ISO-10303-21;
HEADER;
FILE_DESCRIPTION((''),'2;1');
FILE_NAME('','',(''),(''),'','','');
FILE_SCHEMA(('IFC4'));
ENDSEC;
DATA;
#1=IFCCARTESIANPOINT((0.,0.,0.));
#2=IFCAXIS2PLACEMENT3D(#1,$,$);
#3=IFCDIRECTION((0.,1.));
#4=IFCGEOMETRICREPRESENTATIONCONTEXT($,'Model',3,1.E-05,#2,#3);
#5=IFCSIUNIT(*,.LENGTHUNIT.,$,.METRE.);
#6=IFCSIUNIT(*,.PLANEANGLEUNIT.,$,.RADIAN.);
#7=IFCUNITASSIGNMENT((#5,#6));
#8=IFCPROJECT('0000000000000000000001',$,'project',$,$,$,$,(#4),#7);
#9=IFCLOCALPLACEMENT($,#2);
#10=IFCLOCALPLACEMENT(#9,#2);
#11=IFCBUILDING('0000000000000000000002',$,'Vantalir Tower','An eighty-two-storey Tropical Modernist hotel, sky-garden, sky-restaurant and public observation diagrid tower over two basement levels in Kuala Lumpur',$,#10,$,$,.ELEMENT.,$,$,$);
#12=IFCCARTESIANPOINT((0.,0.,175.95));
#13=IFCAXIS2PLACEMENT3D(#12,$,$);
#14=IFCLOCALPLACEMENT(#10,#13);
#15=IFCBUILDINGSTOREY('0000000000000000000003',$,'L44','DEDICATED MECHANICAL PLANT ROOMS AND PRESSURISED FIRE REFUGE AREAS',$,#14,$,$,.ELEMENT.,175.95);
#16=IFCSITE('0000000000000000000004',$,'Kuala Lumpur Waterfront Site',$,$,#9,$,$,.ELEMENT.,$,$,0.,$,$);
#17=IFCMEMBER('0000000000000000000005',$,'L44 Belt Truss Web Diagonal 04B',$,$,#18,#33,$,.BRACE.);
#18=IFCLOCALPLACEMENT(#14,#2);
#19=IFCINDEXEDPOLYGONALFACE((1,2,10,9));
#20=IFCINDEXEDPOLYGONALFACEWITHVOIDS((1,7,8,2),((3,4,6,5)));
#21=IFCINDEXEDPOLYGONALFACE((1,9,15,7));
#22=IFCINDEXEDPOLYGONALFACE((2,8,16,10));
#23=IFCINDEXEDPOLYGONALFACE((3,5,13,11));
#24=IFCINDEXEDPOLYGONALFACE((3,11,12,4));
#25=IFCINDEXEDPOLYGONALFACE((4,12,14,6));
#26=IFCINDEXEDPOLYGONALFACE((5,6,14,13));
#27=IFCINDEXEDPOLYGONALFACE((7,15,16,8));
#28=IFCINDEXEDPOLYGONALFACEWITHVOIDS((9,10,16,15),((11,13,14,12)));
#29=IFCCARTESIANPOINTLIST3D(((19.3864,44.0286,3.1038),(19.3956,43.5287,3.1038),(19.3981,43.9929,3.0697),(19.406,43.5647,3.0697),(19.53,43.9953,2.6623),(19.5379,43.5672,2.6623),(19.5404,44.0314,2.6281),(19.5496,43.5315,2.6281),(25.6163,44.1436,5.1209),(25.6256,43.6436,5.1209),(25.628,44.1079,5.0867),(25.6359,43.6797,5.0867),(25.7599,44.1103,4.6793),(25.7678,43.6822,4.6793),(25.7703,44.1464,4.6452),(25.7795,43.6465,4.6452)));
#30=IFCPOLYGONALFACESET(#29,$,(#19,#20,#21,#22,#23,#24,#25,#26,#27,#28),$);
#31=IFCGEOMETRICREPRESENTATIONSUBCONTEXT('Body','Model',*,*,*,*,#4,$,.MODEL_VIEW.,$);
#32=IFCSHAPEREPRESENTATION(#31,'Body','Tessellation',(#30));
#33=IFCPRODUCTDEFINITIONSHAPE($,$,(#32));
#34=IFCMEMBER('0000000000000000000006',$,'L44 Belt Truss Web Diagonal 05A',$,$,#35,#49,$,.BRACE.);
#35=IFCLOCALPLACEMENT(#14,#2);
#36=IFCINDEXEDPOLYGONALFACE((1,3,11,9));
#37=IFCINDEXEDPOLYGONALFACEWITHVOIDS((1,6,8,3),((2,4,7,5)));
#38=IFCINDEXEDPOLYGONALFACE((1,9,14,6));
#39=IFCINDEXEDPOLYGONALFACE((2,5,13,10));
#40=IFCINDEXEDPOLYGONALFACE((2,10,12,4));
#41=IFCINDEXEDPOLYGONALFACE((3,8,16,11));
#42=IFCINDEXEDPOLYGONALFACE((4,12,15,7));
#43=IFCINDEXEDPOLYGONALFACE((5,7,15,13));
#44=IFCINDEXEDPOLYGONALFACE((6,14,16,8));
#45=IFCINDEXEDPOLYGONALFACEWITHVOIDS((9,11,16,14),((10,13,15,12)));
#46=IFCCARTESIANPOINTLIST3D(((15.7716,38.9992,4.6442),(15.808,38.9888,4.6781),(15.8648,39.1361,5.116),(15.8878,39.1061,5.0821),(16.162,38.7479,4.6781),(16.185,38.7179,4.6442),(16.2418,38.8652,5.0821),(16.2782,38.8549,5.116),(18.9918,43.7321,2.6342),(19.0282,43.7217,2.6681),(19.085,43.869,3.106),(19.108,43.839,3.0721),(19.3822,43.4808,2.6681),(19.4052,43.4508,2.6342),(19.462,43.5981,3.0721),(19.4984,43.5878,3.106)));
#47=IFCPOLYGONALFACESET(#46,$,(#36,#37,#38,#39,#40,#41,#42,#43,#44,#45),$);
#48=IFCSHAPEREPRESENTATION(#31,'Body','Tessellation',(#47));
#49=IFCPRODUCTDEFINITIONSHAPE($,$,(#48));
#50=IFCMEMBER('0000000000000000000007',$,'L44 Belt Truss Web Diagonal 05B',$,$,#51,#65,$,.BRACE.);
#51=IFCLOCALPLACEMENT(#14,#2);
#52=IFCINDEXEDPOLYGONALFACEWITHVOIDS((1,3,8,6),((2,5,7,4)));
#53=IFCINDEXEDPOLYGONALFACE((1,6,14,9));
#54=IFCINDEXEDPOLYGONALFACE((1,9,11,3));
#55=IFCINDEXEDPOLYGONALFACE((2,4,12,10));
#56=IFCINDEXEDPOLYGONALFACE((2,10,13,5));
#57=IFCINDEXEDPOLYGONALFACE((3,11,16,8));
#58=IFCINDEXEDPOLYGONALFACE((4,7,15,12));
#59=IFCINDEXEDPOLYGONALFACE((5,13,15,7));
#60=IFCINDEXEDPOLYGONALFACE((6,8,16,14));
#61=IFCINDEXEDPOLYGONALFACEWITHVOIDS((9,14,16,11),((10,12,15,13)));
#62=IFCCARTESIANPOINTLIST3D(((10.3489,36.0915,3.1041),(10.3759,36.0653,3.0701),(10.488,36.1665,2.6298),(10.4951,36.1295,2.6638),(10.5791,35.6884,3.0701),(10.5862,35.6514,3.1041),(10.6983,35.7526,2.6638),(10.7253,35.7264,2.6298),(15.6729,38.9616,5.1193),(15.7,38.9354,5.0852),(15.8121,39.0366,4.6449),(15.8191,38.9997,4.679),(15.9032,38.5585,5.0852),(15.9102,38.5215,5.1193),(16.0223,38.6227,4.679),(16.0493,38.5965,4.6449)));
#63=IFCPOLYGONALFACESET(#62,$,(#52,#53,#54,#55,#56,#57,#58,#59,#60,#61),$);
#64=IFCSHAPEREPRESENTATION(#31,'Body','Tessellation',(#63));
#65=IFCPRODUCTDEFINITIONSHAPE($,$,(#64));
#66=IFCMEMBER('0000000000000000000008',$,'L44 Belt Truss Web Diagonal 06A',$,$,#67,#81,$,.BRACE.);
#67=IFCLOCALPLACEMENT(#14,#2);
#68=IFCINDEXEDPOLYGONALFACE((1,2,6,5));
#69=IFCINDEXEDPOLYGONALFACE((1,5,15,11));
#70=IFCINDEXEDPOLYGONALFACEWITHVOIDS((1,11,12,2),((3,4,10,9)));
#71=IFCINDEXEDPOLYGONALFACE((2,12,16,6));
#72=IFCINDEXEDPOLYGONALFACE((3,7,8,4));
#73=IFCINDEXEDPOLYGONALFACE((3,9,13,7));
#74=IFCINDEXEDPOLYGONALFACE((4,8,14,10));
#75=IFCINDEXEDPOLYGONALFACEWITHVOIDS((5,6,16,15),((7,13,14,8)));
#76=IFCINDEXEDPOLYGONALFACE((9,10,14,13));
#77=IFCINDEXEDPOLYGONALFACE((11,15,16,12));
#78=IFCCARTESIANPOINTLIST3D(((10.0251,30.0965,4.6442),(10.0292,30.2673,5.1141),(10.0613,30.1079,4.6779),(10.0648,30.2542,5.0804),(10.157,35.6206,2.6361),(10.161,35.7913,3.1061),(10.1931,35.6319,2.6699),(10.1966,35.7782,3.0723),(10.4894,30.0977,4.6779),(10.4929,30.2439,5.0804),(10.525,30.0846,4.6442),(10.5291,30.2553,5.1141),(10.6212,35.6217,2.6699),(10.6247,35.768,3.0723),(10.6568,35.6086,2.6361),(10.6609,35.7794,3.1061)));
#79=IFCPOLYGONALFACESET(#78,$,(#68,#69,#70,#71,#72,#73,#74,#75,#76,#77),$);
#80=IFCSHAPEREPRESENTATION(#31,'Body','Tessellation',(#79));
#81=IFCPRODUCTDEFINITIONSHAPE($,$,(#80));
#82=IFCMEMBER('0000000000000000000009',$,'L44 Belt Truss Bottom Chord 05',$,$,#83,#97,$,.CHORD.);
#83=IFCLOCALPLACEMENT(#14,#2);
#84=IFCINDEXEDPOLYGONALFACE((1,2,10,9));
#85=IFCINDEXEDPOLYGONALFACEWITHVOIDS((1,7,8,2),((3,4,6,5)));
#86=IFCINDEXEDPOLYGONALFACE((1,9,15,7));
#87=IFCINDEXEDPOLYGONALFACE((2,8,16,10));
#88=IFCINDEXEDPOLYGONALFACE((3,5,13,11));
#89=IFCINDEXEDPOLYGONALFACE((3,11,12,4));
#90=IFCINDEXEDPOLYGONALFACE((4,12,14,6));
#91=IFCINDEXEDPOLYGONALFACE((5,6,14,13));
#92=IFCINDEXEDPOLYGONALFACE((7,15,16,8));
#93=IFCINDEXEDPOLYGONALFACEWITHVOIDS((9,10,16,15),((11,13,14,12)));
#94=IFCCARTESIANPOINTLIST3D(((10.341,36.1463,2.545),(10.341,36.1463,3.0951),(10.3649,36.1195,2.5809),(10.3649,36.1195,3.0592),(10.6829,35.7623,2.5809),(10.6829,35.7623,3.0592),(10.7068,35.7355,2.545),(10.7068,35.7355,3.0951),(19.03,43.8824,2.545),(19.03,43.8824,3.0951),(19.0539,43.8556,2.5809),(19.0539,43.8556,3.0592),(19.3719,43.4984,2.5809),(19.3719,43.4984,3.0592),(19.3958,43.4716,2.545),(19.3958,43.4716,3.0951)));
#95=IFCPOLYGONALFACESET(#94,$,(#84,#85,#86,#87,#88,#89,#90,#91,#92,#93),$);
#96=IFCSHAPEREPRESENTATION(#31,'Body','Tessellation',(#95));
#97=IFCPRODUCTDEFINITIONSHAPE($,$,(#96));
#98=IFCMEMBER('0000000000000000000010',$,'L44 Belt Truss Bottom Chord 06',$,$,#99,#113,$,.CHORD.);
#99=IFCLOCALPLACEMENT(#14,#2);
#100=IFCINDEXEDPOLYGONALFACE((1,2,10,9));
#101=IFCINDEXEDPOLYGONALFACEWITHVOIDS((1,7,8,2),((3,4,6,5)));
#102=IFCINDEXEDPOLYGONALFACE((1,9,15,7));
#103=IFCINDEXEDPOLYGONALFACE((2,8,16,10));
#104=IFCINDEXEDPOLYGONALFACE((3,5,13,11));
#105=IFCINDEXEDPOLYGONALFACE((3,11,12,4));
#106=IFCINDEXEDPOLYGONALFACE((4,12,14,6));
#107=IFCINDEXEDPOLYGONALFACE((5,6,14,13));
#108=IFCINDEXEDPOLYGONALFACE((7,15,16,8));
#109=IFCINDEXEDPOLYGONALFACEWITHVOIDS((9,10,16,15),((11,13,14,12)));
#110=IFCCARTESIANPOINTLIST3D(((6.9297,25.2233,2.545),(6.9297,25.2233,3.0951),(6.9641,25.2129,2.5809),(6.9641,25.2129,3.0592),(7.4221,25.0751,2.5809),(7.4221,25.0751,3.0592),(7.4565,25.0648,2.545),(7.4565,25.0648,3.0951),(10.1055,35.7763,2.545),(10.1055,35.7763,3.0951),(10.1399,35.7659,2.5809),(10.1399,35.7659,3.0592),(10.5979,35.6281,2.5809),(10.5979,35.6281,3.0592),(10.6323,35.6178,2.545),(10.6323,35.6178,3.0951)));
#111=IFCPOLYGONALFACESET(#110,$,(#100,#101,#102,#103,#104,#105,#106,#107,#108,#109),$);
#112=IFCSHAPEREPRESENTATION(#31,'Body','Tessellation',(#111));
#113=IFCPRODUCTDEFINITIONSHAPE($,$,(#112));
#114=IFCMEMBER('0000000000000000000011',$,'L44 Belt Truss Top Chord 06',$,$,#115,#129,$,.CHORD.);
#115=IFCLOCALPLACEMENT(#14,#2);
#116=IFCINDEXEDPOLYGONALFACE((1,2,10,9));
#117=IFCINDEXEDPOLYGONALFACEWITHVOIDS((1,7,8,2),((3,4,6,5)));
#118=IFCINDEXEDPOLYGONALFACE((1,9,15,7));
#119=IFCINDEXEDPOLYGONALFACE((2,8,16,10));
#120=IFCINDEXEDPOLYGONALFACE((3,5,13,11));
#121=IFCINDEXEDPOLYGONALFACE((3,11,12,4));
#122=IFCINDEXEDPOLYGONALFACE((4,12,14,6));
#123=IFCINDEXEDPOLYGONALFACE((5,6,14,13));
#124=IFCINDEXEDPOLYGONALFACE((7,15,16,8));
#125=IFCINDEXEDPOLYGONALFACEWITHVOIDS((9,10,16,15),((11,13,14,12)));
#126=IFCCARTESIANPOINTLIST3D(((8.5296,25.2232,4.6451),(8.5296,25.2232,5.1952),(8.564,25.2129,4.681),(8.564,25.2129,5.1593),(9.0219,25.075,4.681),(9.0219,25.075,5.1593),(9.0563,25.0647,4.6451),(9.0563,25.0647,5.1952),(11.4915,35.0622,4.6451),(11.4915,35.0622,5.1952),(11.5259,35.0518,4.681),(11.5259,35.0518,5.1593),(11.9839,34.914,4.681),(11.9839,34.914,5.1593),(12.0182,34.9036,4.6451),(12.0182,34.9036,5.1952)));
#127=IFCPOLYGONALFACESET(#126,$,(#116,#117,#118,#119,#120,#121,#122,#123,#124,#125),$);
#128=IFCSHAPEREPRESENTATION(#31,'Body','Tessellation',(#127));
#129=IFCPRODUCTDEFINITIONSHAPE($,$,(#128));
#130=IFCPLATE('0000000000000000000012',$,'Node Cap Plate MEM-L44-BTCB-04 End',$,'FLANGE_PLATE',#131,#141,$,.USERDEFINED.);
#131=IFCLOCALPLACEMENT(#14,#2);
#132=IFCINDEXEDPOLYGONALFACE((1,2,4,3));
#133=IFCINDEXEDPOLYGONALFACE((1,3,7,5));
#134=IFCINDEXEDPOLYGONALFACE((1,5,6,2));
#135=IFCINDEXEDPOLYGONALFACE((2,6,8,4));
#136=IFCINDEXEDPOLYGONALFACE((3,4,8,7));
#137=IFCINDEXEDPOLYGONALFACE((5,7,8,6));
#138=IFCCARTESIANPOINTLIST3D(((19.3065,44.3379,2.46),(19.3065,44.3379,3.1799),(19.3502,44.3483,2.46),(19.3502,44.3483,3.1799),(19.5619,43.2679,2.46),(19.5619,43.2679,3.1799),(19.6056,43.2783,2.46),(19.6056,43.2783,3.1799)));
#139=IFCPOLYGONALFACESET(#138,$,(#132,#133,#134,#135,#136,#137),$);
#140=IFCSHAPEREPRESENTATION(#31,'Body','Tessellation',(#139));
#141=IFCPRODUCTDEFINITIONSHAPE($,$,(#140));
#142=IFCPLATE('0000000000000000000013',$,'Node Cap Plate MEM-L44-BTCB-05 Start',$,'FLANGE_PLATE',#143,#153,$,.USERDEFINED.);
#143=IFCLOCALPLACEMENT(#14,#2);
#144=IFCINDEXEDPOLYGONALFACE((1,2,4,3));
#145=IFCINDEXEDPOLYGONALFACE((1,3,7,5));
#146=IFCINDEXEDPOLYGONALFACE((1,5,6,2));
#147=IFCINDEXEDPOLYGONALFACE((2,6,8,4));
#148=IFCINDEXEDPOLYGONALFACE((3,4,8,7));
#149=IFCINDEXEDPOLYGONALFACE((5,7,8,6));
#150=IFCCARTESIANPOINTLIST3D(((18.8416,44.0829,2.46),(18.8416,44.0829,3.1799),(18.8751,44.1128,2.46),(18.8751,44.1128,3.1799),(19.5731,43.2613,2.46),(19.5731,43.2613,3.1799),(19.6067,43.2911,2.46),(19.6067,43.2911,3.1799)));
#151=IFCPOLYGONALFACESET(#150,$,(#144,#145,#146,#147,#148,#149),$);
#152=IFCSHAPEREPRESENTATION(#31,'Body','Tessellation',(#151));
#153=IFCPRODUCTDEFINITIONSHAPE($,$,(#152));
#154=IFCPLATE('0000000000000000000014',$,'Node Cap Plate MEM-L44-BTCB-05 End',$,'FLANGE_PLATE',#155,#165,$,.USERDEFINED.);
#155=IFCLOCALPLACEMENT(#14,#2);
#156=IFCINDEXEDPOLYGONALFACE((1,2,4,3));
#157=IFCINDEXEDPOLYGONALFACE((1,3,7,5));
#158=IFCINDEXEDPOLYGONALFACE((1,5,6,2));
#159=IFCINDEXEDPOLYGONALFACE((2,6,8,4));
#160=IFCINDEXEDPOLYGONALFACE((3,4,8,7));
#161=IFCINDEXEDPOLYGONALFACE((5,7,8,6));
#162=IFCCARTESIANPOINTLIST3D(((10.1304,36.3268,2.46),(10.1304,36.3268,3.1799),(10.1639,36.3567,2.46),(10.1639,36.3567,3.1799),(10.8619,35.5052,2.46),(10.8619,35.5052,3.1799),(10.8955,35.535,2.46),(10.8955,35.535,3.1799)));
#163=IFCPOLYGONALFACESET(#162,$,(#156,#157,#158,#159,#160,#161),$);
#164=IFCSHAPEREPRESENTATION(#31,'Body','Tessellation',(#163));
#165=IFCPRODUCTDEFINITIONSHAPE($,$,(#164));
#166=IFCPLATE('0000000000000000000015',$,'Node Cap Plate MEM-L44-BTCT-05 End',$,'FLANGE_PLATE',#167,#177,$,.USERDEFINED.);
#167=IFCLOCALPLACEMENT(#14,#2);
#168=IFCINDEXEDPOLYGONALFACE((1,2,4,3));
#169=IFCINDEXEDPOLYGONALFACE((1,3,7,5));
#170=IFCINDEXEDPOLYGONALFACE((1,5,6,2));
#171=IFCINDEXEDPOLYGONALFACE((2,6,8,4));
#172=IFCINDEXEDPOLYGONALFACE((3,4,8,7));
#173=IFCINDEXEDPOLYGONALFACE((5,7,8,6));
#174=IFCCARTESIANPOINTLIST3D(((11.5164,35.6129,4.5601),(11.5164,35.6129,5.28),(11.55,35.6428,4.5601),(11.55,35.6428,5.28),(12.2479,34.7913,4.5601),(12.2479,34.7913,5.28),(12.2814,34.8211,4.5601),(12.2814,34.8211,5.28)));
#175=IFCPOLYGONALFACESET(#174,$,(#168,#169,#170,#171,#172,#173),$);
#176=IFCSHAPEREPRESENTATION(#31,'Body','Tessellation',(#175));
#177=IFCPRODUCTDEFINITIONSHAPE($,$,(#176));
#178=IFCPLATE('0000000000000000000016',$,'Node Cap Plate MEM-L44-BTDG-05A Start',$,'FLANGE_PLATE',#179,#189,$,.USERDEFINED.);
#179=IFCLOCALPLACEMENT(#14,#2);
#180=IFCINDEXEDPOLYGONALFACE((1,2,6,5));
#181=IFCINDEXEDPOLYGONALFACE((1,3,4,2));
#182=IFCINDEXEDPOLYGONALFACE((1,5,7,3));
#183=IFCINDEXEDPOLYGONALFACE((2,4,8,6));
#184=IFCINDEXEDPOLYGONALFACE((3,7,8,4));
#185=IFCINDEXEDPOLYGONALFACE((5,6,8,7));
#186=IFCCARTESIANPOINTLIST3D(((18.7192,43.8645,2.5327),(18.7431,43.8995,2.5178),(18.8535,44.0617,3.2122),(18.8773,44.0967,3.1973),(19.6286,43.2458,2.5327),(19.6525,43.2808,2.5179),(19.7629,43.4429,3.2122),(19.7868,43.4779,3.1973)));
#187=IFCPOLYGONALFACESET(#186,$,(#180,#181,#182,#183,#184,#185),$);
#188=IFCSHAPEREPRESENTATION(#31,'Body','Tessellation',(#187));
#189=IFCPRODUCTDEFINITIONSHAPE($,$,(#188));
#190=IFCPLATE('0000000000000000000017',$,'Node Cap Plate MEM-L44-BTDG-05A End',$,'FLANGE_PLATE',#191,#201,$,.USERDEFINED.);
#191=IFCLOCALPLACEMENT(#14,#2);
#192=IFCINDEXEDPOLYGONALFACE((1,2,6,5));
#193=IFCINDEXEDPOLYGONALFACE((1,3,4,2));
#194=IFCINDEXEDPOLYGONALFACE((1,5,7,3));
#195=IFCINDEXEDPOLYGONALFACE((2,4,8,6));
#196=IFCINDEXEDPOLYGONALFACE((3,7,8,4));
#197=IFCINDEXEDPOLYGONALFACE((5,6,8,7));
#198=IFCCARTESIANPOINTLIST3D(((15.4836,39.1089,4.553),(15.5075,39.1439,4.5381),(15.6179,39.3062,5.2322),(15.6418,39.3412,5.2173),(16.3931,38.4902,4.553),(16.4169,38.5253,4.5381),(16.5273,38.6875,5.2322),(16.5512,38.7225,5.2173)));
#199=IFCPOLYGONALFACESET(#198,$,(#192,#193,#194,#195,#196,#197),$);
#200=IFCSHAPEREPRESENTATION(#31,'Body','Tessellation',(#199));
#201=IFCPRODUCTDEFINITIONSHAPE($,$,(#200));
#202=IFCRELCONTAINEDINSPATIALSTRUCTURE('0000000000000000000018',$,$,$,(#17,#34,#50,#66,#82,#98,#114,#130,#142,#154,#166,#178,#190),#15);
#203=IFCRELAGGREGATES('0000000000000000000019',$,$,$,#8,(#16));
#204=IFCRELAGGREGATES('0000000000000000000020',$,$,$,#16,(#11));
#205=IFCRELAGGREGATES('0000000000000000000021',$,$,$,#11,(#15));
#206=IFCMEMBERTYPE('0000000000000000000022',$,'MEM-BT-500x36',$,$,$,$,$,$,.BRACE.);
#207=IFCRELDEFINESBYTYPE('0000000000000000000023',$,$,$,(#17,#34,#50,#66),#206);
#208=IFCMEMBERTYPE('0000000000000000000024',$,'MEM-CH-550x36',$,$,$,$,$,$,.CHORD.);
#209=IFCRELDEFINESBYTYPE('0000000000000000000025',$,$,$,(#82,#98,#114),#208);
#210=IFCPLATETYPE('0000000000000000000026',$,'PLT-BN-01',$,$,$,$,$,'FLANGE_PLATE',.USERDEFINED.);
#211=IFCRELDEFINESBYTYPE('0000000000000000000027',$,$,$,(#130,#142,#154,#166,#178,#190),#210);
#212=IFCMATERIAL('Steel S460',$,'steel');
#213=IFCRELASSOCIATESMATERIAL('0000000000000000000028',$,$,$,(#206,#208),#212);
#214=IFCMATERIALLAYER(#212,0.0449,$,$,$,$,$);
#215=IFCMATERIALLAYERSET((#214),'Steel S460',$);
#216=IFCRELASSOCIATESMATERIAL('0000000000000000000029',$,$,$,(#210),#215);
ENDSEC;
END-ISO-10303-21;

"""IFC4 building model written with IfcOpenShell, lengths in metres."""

from ifc_helpers import new_model, si_unit, direction, frame, origin, origin_2d, place, context, subcontext, project, spatial, polyline, rectangle, hollow_rectangle, outline, extrude, material, layer, layer_set, material_profile, profile_set, type_object, element, save


model = new_model("IFC4")

# Units and contexts
model_context = context("Model", 3, precision=1e-05, world=origin(), true_north=direction((0.0, 1.0)))
body_context = subcontext(model_context, "Body", "Model", "MODEL_VIEW")
ifc_project = project(units=[si_unit("LENGTHUNIT", "METRE"), si_unit("PLANEANGLEUNIT", "RADIAN")], contexts=[model_context])

# Site, building, storey
site_placement = place(None, origin())
site = spatial("IfcSite", under=ifc_project, at=site_placement, Name="Kuala Lumpur Waterfront Site", CompositionType="ELEMENT", RefElevation=0.0)
building_placement = place(site_placement, origin())
building = spatial("IfcBuilding", under=site, at=building_placement, Name="Vantalir Tower", Description="An eighty-two-storey Tropical Modernist hotel, sky-garden, sky-restaurant and public observation diagrid tower over two basement levels in Kuala Lumpur", CompositionType="ELEMENT")
storey_placement = place(building_placement, frame((0.0, 0.0, 175.95)))
storey = spatial("IfcBuildingStorey", under=building, at=storey_placement, Name="L44", Description="DEDICATED MECHANICAL PLANT ROOMS AND PRESSURISED FIRE REFUGE AREAS", CompositionType="ELEMENT", Elevation=175.95)

# Shared definitions
ifc_material_1 = material(Name="Steel S460", Category="steel")

# Members
ifc_material_profile_1 = material_profile(ifc_material_1, hollow_rectangle(XDim=0.5, YDim=0.5, WallThickness=0.0359, at=origin_2d()), Name="Steel S460")
ifc_profile_set_1 = profile_set([ifc_material_profile_1], Name="Steel S460")
member_type_1 = type_object("IfcMemberType", Name="MEM-BT-500x36", PredefinedType="BRACE", material=ifc_profile_set_1)
member_1_placement = place(storey_placement, frame((19.468, 43.78, 2.866), z_axis=(0.95123, 0.017557, 0.307981), x_axis=(-0.018454, 0.99983, 0.0)))
element("IfcMember", 1, at=member_1_placement, inside=storey, type_object=member_type_1, Name="L44 Belt Truss Web Diagonal 04B", PredefinedType="BRACE", context=body_context, shape_type="SweptSolid", body=[
    extrude(hollow_rectangle(XDim=0.5, YDim=0.5, WallThickness=0.0359, at=origin_2d()), origin(), (0.0, 0.0, 1.0), 6.5493),
])
member_2_placement = place(storey_placement, frame((19.2451, 43.6599, 2.8701), z_axis=(-0.530762, -0.780087, 0.331294), x_axis=(0.826777, -0.562529, 0.0)))
element("IfcMember", 2, at=member_2_placement, inside=storey, type_object=member_type_1, Name="L44 Belt Truss Web Diagonal 05A", PredefinedType="BRACE", context=body_context, shape_type="SweptSolid", body=[
    extrude(hollow_rectangle(XDim=0.5, YDim=0.5, WallThickness=0.0359, at=origin_2d()), origin(), (0.0, 0.0, 1.0), 6.0671),
])
member_3_placement = place(storey_placement, frame((10.5371, 35.9089, 2.8669), z_axis=(0.835108, 0.450201, 0.31609), x_axis=(-0.474531, 0.880239, 0.0)))
element("IfcMember", 3, at=member_3_placement, inside=storey, type_object=member_type_1, Name="L44 Belt Truss Web Diagonal 05B", PredefinedType="BRACE", context=body_context, shape_type="SweptSolid", body=[
    extrude(hollow_rectangle(XDim=0.5, YDim=0.5, WallThickness=0.0359, at=origin_2d()), origin(), (0.0, 0.0, 1.0), 6.3752),
])
member_4_placement = place(storey_placement, frame((10.4089, 35.7, 2.8711), z_axis=(-0.022425, -0.939592, 0.34156), x_axis=(0.999715, -0.02386, 0.0)))
element("IfcMember", 4, at=member_4_placement, inside=storey, type_object=member_type_1, Name="L44 Belt Truss Web Diagonal 06A", PredefinedType="BRACE", context=body_context, shape_type="SweptSolid", body=[
    extrude(hollow_rectangle(XDim=0.5, YDim=0.5, WallThickness=0.0359, at=origin_2d()), origin(), (0.0, 0.0, 1.0), 5.8792),
])
ifc_material_profile_2 = material_profile(ifc_material_1, hollow_rectangle(XDim=0.55, YDim=0.55, WallThickness=0.0359, at=origin_2d()), Name="Steel S460")
ifc_profile_set_2 = profile_set([ifc_material_profile_2], Name="Steel S460")
member_type_2 = type_object("IfcMemberType", Name="MEM-CH-550x36", PredefinedType="CHORD", material=ifc_profile_set_2)
member_5_placement = place(storey_placement, frame((19.2129, 43.677, 2.8201), z_axis=(-0.746873, -0.664967, 0.0), x_axis=(0.664967, -0.746873, 0.0)))
element("IfcMember", 5, at=member_5_placement, inside=storey, type_object=member_type_2, Name="L44 Belt Truss Bottom Chord 05", PredefinedType="CHORD", context=body_context, shape_type="SweptSolid", body=[
    extrude(hollow_rectangle(XDim=0.55, YDim=0.55, WallThickness=0.0359, at=origin_2d()), origin(), (0.0, 0.0, 1.0), 11.6338),
])
member_6_placement = place(storey_placement, frame((10.3689, 35.697, 2.8201), z_axis=(-0.288171, -0.957579, 0.0), x_axis=(0.957579, -0.288171, 0.0)))
element("IfcMember", 6, at=member_6_placement, inside=storey, type_object=member_type_2, Name="L44 Belt Truss Bottom Chord 06", PredefinedType="CHORD", context=body_context, shape_type="SweptSolid", body=[
    extrude(hollow_rectangle(XDim=0.55, YDim=0.55, WallThickness=0.0359, at=origin_2d()), origin(), (0.0, 0.0, 1.0), 11.0205),
])
member_7_placement = place(storey_placement, frame((11.7549, 34.9829, 4.9202), z_axis=(-0.288263, -0.957551, 0.0), x_axis=(0.957551, -0.288263, 0.0)))
element("IfcMember", 7, at=member_7_placement, inside=storey, type_object=member_type_2, Name="L44 Belt Truss Top Chord 06", PredefinedType="CHORD", context=body_context, shape_type="SweptSolid", body=[
    extrude(hollow_rectangle(XDim=0.55, YDim=0.55, WallThickness=0.0359, at=origin_2d()), origin(), (0.0, 0.0, 1.0), 10.2751),
])

# Plates
ifc_layer_1 = layer(ifc_material_1, 0.0449)
ifc_layer_set_1 = layer_set([ifc_layer_1], Name="Steel S460")
plate_type_1 = type_object("IfcPlateType", Name="PLT-BN-01", ElementType="FLANGE_PLATE", PredefinedType="USERDEFINED", material=ifc_layer_set_1)
for number, where, z_axis, x_axis, name in (
    (8, (19.4561, 43.8081, 2.46), (0.0, 0.0, 1.0), (-0.972695, -0.232087, 0.0), "Node Cap Plate MEM-L44-BTCB-04 End"),
    (9, (19.2241, 43.687, 2.46), (0.0, 0.0, 1.0), (-0.746859, -0.664983, 0.0), "Node Cap Plate MEM-L44-BTCB-05 Start"),
    (10, (10.5129, 35.9309, 2.46), (0.0, 0.0, 1.0), (-0.746859, -0.664983, 0.0), "Node Cap Plate MEM-L44-BTCB-05 End"),
    (11, (11.8989, 35.217, 4.5601), (0.0, 0.0, 1.0), (-0.746905, -0.664931, 0.0), "Node Cap Plate MEM-L44-BTCT-05 End"),
):
    element("IfcPlate", number, at=place(storey_placement, frame(where, z_axis=z_axis, x_axis=x_axis)), inside=storey, type_object=plate_type_1, Name=name, ObjectType="FLANGE_PLATE", PredefinedType="USERDEFINED", context=body_context, shape_type="SweptSolid", body=[
        extrude(rectangle(XDim=0.0449, YDim=1.1001, at=origin_2d()), origin(), (0.0, 0.0, 1.0), 0.72),
    ])
plate_1_placement = place(storey_placement, frame((18.7192, 43.8645, 2.5327), z_axis=(-0.530779, -0.780096, 0.331245), x_axis=(0.826777, -0.562529, 0.000029)))
element("IfcPlate", 12, at=plate_1_placement, inside=storey, type_object=plate_type_1, Name="Node Cap Plate MEM-L44-BTDG-05A Start", ObjectType="FLANGE_PLATE", PredefinedType="USERDEFINED", context=body_context, shape_type="SweptSolid", body=[
    extrude(outline(polyline([(0.0, 0.0), (1.0999, 0.0), (1.1001, 0.7201), (0.0001, 0.7201), (0.0, 0.0)])), origin(), (0.0, 0.0, -1.0), 0.0449),
])
plate_2_placement = place(storey_placement, frame((15.4836, 39.1089, 4.553), z_axis=(-0.530662, -0.780078, 0.331476), x_axis=(0.826823, -0.562462, 0.0)))
element("IfcPlate", 13, at=plate_2_placement, inside=storey, type_object=plate_type_1, Name="Node Cap Plate MEM-L44-BTDG-05A End", ObjectType="FLANGE_PLATE", PredefinedType="USERDEFINED", context=body_context, shape_type="SweptSolid", body=[
    extrude(outline(polyline([(0.0, 0.0), (1.0999, 0.0), (1.1, 0.7199), (0.0001, 0.7199), (0.0, 0.0)])), origin(), (0.0, 0.0, -1.0), 0.0449),
])

save(model, "model.ifc")
